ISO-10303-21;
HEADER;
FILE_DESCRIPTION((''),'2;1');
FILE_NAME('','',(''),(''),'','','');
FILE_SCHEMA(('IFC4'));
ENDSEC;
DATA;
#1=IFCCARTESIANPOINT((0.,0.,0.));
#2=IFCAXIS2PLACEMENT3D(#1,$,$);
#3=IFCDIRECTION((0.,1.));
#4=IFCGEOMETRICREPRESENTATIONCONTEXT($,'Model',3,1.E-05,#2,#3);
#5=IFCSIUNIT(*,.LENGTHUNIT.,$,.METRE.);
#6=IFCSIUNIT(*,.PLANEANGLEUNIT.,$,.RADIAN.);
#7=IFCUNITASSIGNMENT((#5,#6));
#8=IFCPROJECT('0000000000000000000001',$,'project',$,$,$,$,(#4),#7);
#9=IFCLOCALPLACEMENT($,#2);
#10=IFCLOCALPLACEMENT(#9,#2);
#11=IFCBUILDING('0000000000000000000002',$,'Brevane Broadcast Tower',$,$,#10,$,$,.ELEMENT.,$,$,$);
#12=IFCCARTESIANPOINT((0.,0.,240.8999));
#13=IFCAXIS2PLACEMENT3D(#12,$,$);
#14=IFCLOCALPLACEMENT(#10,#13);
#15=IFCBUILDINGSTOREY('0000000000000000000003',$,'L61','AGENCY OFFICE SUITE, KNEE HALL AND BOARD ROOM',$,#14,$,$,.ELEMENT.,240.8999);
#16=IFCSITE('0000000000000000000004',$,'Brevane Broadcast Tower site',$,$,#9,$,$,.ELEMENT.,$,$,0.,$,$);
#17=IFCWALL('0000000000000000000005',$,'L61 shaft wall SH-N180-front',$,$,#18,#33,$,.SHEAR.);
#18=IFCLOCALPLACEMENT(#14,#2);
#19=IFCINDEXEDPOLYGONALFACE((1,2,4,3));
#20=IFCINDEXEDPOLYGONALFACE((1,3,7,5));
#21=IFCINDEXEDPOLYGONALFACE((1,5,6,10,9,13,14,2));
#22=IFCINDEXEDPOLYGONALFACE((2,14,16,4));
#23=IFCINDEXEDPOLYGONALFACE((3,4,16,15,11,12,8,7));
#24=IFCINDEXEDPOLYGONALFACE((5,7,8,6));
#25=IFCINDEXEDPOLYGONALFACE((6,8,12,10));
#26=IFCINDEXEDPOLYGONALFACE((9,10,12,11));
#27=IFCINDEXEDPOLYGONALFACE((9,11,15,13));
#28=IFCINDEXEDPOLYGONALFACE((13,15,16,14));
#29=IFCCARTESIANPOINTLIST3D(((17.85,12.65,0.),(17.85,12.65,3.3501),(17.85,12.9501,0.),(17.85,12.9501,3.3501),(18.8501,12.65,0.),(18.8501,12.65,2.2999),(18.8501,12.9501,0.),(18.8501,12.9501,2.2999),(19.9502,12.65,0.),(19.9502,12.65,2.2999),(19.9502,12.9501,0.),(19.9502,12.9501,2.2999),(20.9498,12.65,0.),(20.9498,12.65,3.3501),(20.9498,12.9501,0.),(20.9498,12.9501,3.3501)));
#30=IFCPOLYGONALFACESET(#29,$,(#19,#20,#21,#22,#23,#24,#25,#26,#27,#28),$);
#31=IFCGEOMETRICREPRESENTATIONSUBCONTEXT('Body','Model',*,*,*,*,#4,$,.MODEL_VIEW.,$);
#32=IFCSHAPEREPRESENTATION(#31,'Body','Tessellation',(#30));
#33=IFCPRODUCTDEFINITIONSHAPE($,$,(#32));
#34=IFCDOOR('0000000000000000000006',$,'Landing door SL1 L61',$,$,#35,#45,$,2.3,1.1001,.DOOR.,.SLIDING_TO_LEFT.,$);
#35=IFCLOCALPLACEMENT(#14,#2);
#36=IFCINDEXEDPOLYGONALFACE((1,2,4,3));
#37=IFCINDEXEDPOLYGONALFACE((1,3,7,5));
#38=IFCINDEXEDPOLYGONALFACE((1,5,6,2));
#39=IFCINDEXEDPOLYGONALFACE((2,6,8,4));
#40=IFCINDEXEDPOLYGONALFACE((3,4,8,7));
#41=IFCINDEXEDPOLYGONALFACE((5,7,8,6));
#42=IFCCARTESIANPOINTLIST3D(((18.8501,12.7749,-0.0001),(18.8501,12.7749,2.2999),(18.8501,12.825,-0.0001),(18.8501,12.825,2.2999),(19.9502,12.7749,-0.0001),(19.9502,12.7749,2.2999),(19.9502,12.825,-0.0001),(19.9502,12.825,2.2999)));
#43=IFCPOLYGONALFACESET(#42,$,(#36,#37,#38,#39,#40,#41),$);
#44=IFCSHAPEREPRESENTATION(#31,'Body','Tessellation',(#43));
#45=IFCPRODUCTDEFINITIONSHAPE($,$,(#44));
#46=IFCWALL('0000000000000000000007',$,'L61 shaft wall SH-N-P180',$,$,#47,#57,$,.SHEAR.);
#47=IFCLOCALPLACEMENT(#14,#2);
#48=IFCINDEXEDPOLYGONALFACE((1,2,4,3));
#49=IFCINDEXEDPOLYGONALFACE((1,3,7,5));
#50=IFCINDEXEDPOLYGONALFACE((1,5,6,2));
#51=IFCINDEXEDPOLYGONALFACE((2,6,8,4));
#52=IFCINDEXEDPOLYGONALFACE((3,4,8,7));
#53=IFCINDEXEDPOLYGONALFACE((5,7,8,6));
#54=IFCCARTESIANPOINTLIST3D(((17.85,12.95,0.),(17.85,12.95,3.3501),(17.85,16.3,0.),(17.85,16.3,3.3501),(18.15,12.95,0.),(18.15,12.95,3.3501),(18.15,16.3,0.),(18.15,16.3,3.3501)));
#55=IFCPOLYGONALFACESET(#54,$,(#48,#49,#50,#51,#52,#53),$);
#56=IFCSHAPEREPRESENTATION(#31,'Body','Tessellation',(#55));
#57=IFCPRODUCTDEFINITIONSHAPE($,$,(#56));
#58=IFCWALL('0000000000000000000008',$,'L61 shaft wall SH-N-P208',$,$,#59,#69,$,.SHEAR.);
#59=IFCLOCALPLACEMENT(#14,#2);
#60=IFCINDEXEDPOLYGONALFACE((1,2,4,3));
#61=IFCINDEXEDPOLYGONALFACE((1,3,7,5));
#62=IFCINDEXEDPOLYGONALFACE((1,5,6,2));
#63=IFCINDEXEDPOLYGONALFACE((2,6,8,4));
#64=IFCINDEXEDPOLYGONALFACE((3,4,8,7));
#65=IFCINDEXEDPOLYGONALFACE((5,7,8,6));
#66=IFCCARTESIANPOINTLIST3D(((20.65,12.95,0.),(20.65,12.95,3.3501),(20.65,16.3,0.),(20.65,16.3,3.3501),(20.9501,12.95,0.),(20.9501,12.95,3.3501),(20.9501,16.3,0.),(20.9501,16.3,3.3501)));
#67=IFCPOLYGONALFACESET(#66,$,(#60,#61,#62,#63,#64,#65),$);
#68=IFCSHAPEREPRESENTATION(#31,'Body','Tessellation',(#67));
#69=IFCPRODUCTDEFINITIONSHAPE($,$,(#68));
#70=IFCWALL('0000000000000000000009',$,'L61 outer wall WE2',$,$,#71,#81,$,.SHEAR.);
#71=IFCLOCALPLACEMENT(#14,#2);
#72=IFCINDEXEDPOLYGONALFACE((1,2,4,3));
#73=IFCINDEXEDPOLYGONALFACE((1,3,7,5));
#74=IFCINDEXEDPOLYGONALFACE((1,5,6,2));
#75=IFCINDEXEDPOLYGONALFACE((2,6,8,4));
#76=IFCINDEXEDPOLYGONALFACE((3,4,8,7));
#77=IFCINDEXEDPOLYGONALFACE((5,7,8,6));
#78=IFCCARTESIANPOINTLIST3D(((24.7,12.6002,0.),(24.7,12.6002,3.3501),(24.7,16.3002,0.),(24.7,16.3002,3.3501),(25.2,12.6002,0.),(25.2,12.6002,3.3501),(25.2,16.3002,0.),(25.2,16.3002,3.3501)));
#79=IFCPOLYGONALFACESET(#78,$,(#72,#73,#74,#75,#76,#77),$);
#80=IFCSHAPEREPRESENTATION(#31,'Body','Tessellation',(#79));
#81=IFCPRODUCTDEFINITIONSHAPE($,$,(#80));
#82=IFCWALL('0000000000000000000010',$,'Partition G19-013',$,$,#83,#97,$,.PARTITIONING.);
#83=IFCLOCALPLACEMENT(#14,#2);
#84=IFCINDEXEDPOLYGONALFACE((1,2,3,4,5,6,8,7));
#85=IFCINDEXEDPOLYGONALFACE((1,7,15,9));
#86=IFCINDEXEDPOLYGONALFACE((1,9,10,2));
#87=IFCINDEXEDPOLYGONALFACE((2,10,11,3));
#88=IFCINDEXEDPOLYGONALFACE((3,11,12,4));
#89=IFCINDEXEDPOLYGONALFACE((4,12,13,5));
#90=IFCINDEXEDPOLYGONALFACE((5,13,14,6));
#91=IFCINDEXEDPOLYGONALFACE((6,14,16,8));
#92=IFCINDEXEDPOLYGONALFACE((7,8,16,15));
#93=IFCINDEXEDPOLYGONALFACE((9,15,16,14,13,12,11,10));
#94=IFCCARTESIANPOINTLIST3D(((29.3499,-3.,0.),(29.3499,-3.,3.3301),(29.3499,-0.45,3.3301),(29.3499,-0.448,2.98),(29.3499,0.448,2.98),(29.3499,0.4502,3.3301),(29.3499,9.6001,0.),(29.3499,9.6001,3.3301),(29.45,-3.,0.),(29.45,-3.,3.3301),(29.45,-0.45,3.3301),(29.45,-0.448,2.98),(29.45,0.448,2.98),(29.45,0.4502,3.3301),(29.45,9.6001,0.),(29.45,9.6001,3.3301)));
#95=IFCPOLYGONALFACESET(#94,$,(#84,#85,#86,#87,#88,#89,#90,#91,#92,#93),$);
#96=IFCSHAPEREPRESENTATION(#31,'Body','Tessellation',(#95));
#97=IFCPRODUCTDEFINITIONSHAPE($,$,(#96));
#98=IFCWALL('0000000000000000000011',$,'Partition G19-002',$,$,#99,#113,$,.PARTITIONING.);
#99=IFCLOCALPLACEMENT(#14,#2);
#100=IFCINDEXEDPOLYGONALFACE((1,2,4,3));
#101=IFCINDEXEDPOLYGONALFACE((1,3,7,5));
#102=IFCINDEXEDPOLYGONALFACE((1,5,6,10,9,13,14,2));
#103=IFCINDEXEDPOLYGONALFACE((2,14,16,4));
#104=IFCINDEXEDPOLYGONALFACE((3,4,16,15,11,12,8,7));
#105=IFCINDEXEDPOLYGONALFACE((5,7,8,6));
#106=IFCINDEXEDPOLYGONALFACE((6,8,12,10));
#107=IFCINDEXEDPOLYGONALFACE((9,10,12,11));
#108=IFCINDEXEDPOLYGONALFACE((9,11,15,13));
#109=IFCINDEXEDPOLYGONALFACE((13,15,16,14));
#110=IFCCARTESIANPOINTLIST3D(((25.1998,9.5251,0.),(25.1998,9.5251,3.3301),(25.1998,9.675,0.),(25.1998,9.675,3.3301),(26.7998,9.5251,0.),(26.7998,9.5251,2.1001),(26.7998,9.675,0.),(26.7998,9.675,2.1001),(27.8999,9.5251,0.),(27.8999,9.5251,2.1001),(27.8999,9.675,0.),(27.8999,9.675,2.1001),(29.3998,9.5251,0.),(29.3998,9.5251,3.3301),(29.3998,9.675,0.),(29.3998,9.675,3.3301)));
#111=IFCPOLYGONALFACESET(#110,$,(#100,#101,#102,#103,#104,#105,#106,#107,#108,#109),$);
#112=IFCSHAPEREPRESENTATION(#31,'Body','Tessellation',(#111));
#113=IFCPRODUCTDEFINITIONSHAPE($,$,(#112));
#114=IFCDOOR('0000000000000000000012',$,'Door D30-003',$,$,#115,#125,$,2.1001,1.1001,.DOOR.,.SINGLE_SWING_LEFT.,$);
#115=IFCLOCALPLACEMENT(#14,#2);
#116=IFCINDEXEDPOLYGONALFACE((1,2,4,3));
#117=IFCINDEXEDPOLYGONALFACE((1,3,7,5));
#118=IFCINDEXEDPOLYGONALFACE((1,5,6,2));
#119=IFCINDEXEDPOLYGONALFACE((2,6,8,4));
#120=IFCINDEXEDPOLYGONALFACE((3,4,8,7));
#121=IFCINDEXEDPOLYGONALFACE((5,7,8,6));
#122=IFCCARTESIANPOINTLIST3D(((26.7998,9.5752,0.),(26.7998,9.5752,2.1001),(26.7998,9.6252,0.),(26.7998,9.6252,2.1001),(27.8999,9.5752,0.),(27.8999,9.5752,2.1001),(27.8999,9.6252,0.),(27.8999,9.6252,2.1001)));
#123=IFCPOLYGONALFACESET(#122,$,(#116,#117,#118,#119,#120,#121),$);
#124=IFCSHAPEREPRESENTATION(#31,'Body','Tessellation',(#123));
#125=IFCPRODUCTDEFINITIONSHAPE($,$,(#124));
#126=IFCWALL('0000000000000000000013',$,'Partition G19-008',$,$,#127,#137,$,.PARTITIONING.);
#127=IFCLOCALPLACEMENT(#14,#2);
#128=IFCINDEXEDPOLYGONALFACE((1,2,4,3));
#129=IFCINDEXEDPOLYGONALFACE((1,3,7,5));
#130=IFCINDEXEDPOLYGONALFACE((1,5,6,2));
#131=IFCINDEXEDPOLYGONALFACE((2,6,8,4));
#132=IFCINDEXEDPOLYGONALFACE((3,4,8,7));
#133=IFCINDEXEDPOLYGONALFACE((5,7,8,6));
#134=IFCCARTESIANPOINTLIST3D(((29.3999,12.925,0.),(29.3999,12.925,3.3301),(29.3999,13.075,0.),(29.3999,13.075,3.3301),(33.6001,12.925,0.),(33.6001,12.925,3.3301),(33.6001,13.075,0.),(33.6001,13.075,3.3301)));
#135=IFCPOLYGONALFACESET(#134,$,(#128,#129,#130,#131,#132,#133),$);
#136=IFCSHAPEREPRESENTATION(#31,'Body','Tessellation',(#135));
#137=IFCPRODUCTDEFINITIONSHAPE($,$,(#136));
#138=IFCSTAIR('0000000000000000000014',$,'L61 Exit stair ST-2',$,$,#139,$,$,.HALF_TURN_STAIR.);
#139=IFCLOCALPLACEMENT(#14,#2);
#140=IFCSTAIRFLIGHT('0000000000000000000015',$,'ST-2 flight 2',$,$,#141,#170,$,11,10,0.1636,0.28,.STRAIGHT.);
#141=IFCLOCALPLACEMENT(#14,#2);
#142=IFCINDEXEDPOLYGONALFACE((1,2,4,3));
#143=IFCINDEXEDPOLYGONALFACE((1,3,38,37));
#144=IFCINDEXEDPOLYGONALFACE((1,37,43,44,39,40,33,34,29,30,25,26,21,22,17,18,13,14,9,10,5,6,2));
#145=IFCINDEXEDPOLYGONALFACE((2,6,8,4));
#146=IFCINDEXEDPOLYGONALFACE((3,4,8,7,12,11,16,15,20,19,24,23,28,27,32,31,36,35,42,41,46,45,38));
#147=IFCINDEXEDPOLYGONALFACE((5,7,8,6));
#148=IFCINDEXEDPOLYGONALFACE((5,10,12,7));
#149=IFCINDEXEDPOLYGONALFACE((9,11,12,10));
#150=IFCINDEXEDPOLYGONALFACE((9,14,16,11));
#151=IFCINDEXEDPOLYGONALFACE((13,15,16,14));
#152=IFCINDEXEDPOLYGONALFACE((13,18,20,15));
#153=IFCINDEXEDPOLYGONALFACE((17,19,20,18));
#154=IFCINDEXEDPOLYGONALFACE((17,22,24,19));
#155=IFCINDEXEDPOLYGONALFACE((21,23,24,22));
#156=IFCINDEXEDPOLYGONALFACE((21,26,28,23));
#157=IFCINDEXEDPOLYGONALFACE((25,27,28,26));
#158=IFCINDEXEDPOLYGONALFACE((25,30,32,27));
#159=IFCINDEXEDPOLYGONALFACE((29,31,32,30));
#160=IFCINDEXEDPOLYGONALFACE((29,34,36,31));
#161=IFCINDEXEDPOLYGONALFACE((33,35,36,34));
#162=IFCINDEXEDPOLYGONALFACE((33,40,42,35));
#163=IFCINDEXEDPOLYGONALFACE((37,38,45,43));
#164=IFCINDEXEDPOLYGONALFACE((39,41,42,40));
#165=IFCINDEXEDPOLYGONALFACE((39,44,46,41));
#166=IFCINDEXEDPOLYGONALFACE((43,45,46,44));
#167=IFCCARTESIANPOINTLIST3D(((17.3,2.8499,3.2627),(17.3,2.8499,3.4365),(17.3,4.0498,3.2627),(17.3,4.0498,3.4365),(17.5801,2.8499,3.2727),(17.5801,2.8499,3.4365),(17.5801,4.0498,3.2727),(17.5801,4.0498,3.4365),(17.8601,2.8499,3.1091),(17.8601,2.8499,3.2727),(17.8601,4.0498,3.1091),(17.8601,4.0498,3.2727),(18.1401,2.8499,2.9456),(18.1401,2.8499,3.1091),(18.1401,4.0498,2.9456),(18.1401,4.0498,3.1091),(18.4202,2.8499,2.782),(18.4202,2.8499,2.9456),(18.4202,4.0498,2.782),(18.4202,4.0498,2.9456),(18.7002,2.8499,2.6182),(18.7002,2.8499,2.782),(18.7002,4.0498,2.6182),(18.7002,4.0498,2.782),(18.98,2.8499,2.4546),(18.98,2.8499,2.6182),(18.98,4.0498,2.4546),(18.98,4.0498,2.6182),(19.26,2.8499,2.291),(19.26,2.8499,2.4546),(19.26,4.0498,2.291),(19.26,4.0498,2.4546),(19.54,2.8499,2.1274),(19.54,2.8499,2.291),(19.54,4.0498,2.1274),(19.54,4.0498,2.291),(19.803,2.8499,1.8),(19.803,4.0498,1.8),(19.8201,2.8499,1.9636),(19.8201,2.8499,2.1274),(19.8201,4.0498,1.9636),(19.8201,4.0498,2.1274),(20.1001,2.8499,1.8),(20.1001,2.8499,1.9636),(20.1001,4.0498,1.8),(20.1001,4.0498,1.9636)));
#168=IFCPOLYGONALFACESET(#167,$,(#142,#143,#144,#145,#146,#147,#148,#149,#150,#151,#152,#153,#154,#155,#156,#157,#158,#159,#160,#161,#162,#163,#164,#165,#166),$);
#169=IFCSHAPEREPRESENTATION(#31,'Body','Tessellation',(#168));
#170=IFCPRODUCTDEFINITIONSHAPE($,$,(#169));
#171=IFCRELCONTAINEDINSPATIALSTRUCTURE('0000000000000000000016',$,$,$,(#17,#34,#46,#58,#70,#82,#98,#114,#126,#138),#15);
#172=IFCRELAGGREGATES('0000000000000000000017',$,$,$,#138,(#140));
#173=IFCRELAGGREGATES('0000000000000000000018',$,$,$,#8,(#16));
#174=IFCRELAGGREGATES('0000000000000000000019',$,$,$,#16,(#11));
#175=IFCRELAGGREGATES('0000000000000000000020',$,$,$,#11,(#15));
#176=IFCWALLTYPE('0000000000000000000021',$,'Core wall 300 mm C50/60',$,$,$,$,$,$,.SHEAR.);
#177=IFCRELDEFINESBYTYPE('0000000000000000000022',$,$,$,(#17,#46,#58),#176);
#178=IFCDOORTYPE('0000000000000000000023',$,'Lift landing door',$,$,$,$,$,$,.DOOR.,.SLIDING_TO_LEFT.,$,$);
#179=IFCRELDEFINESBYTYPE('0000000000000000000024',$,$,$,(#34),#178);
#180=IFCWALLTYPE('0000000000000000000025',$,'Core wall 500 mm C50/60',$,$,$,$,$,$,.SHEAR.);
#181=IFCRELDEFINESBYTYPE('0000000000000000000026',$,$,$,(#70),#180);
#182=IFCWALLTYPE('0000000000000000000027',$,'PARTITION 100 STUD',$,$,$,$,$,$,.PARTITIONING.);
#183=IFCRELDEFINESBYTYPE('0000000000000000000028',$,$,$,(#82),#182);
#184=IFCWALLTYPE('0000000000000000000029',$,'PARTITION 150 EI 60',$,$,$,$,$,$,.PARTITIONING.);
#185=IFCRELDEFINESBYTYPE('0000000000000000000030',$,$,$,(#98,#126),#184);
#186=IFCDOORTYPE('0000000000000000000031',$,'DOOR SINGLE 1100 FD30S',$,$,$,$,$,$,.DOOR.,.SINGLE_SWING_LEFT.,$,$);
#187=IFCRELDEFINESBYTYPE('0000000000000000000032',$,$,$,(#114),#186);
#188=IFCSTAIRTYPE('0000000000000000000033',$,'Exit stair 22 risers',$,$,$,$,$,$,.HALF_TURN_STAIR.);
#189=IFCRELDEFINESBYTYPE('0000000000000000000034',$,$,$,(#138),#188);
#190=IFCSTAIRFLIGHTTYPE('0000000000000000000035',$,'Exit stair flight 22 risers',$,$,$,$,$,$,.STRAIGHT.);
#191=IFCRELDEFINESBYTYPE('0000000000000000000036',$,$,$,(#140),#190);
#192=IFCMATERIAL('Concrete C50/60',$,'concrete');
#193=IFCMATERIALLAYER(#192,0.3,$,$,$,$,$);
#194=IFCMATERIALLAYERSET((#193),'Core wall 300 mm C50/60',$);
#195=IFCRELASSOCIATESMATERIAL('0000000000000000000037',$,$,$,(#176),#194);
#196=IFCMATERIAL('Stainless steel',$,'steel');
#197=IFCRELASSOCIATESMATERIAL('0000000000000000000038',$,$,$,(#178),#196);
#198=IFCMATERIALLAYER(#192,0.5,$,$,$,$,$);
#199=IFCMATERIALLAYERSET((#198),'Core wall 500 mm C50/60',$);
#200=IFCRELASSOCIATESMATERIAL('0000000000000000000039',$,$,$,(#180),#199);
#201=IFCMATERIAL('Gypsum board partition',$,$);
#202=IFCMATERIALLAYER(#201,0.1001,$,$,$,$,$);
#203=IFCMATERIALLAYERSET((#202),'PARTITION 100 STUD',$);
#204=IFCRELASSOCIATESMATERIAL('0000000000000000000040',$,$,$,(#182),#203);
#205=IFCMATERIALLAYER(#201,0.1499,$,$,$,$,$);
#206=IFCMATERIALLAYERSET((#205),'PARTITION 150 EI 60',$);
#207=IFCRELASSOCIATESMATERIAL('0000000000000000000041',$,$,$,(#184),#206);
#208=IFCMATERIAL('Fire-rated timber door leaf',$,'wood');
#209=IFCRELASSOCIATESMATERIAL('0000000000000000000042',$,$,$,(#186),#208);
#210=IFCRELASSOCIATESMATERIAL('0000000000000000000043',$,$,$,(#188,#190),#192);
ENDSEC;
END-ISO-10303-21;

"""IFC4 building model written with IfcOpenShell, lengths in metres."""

from ifc_helpers import new_model, si_unit, direction, frame, frame_2d, origin, place, context, subcontext, project, spatial, polyline, rectangle, outline, extrude, material, layer, layer_set, type_object, element, fill, aggregate, save


model = new_model("IFC4")

# Units and contexts
model_context = context("Model", 3, precision=1e-05, world=origin(), true_north=direction((0.0, 1.0)))
body_context = subcontext(model_context, "Body", "Model", "MODEL_VIEW")
ifc_project = project(units=[si_unit("LENGTHUNIT", "METRE"), si_unit("PLANEANGLEUNIT", "RADIAN")], contexts=[model_context])

# Site, building, storey
site_placement = place(None, origin())
site = spatial("IfcSite", under=ifc_project, at=site_placement, Name="Brevane Broadcast Tower site", CompositionType="ELEMENT", RefElevation=0.0)
building_placement = place(site_placement, origin())
building = spatial("IfcBuilding", under=site, at=building_placement, Name="Brevane Broadcast Tower", CompositionType="ELEMENT")
storey_placement = place(building_placement, frame((0.0, 0.0, 240.8999)))
storey = spatial("IfcBuildingStorey", under=building, at=storey_placement, Name="L61", Description="AGENCY OFFICE SUITE, KNEE HALL AND BOARD ROOM", CompositionType="ELEMENT", Elevation=240.8999)

# Wall, opening, door
ifc_material_1 = material(Name="Concrete C50/60", Category="concrete")
ifc_layer_1 = layer(ifc_material_1, 0.3)
ifc_layer_set_1 = layer_set([ifc_layer_1], Name="Core wall 300 mm C50/60")
wall_type_1 = type_object("IfcWallType", Name="Core wall 300 mm C50/60", PredefinedType="SHEAR", material=ifc_layer_set_1)
wall_1_placement = place(storey_placement, frame((17.8501, 12.8, 0.0), z_axis=(0.0, 0.0, 1.0), x_axis=(1.0, 0.0, 0.0)))
wall_1 = element("IfcWall", 1, at=wall_1_placement, inside=storey, type_object=wall_type_1, Name="L61 shaft wall SH-N180-front", PredefinedType="SHEAR", context=body_context, shape_type="SweptSolid", body=[
    extrude(rectangle(XDim=3.0999, YDim=0.3, at=frame_2d((1.5498, 0.0))), origin(), (0.0, 0.0, 1.0), 3.3501),
])
opening_1_placement = place(wall_1_placement, frame((1.0, 0.0, 0.0)))
opening_1 = element("IfcOpeningElement", 2, at=opening_1_placement, cuts=wall_1, PredefinedType="OPENING", context=body_context, shape_type="SweptSolid", body=[
    extrude(rectangle(XDim=1.1001, YDim=2.3, at=frame_2d((0.55, 1.1499))), frame((0.0, 0.1599, 0.0), z_axis=(0.0, -1.0, 0.0), x_axis=(1.0, 0.0, 0.0)), (0.0, 0.0, 1.0), 0.3201),
])
ifc_material_2 = material(Name="Stainless steel", Category="steel")
door_type_1 = type_object("IfcDoorType", Name="Lift landing door", OperationType="SLIDING_TO_LEFT", PredefinedType="DOOR", material=ifc_material_2)
door_1_placement = place(opening_1_placement, origin())
door_1 = element("IfcDoor", 3, at=door_1_placement, inside=storey, type_object=door_type_1, Name="Landing door SL1 L61", OperationType="SLIDING_TO_LEFT", OverallHeight=2.3, OverallWidth=1.1001, PredefinedType="DOOR", context=body_context, shape_type="SweptSolid", body=[
    extrude(rectangle(XDim=1.1001, YDim=2.3, at=frame_2d((0.55, 1.1499))), frame((0.0, 0.0249, 0.0), z_axis=(0.0, -1.0, 0.0), x_axis=(1.0, 0.0, 0.0)), (0.0, 0.0, 1.0), 0.05),
])
fill(opening_1, door_1)

# Walls
for number, where, z_axis, x_axis, name in (
    (4, (18.0, 12.95, 0.0), (0.0, 0.0, 1.0), (0.0, 1.0, 0.0), "L61 shaft wall SH-N-P180"),
    (5, (20.8, 12.95, 0.0), (0.0, 0.0, 1.0), (0.0, 1.0, 0.0), "L61 shaft wall SH-N-P208"),
):
    element("IfcWall", number, at=place(storey_placement, frame(where, z_axis=z_axis, x_axis=x_axis)), inside=storey, type_object=wall_type_1, Name=name, PredefinedType="SHEAR", context=body_context, shape_type="SweptSolid", body=[
        extrude(rectangle(XDim=3.3501, YDim=0.3, at=frame_2d((1.675, 0.0))), origin(), (0.0, 0.0, 1.0), 3.3501),
    ])
ifc_layer_2 = layer(ifc_material_1, 0.5)
ifc_layer_set_2 = layer_set([ifc_layer_2], Name="Core wall 500 mm C50/60")
wall_type_2 = type_object("IfcWallType", Name="Core wall 500 mm C50/60", PredefinedType="SHEAR", material=ifc_layer_set_2)
wall_2_placement = place(storey_placement, frame((24.95, 12.6001, 0.0), z_axis=(0.0, 0.0, 1.0), x_axis=(0.0, 1.0, 0.0)))
element("IfcWall", 6, at=wall_2_placement, inside=storey, type_object=wall_type_2, Name="L61 outer wall WE2", PredefinedType="SHEAR", context=body_context, shape_type="SweptSolid", body=[
    extrude(rectangle(XDim=3.7, YDim=0.5, at=frame_2d((1.8501, 0.0))), origin(), (0.0, 0.0, 1.0), 3.3501),
])
ifc_material_3 = material(Name="Gypsum board partition")
ifc_layer_3 = layer(ifc_material_3, 0.1001)
ifc_layer_set_3 = layer_set([ifc_layer_3], Name="PARTITION 100 STUD")
wall_type_3 = type_object("IfcWallType", Name="PARTITION 100 STUD", PredefinedType="PARTITIONING", material=ifc_layer_set_3)
wall_3_placement = place(storey_placement, frame((29.3999, 9.6001, 0.0), z_axis=(0.0, 0.0, 1.0), x_axis=(0.0, -1.0, 0.0)))
element("IfcWall", 7, at=wall_3_placement, inside=storey, type_object=wall_type_3, Name="Partition G19-013", PredefinedType="PARTITIONING", context=body_context, shape_type="SweptSolid", body=[
    extrude(outline(polyline([(0.0, 0.0), (12.6001, 0.0), (12.6001, 3.3301), (10.05, 3.3301), (10.0481, 2.98), (9.1521, 2.98), (9.1499, 3.3301), (0.0, 3.3301), (0.0, 0.0)])), frame((0.0, 0.05, 0.0), z_axis=(0.0, -1.0, 0.0), x_axis=(1.0, 0.0, 0.0)), (0.0, 0.0, 1.0), 0.1001),
])

# Wall, opening, door
ifc_layer_4 = layer(ifc_material_3, 0.1499)
ifc_layer_set_4 = layer_set([ifc_layer_4], Name="PARTITION 150 EI 60")
wall_type_4 = type_object("IfcWallType", Name="PARTITION 150 EI 60", PredefinedType="PARTITIONING", material=ifc_layer_set_4)
wall_4_placement = place(storey_placement, frame((29.3999, 9.6001, 0.0), z_axis=(0.0, 0.0, 1.0), x_axis=(-1.0, 0.0, 0.0)))
wall_4 = element("IfcWall", 8, at=wall_4_placement, inside=storey, type_object=wall_type_4, Name="Partition G19-002", PredefinedType="PARTITIONING", context=body_context, shape_type="SweptSolid", body=[
    extrude(rectangle(XDim=4.2, YDim=0.1499, at=frame_2d((2.1001, 0.0))), origin(), (0.0, 0.0, 1.0), 3.3301),
])
opening_2_placement = place(wall_4_placement, frame((1.5, 0.0, 0.0)))
opening_2 = element("IfcOpeningElement", 9, at=opening_2_placement, cuts=wall_4, PredefinedType="OPENING", context=body_context, shape_type="SweptSolid", body=[
    extrude(rectangle(XDim=1.1001, YDim=2.1001, at=frame_2d((0.55, 1.05))), frame((0.0, 0.085, 0.0), z_axis=(0.0, -1.0, 0.0), x_axis=(1.0, 0.0, 0.0)), (0.0, 0.0, 1.0), 0.1699),
])
ifc_material_4 = material(Name="Fire-rated timber door leaf", Category="wood")
door_type_2 = type_object("IfcDoorType", Name="DOOR SINGLE 1100 FD30S", OperationType="SINGLE_SWING_LEFT", PredefinedType="DOOR", material=ifc_material_4)
door_2_placement = place(opening_2_placement, origin())
door_2 = element("IfcDoor", 10, at=door_2_placement, inside=storey, type_object=door_type_2, Name="Door D30-003", OperationType="SINGLE_SWING_LEFT", OverallHeight=2.1001, OverallWidth=1.1001, PredefinedType="DOOR", context=body_context, shape_type="SweptSolid", body=[
    extrude(rectangle(XDim=1.1001, YDim=2.1001, at=frame_2d((0.55, 1.05))), frame((0.0, 0.0249, 0.0), z_axis=(0.0, -1.0, 0.0), x_axis=(1.0, 0.0, 0.0)), (0.0, 0.0, 1.0), 0.05),
])
fill(opening_2, door_2)

# Wall
wall_5_placement = place(storey_placement, frame((29.3999, 13.0, 0.0), z_axis=(0.0, 0.0, 1.0), x_axis=(1.0, 0.0, 0.0)))
element("IfcWall", 11, at=wall_5_placement, inside=storey, type_object=wall_type_4, Name="Partition G19-008", PredefinedType="PARTITIONING", context=body_context, shape_type="SweptSolid", body=[
    extrude(rectangle(XDim=4.2002, YDim=0.1499, at=frame_2d((2.1001, 0.0))), origin(), (0.0, 0.0, 1.0), 3.3301),
])

# Stair, stair flight
stair_type = type_object("IfcStairType", Name="Exit stair 22 risers", PredefinedType="HALF_TURN_STAIR", material=ifc_material_1)
stair_placement = place(storey_placement, origin())
stair = element("IfcStair", 12, at=stair_placement, inside=storey, type_object=stair_type, Name="L61 Exit stair ST-2", PredefinedType="HALF_TURN_STAIR")
stair_flight_type = type_object("IfcStairFlightType", Name="Exit stair flight 22 risers", PredefinedType="STRAIGHT", material=ifc_material_1)
stair_flight_placement = place(storey_placement, frame((20.1001, 3.45, 1.8), z_axis=(0.0, 0.0, 1.0), x_axis=(-1.0, 0.0, 0.0)))
stair_flight = element("IfcStairFlight", 13, at=stair_flight_placement, type_object=stair_flight_type, Name="ST-2 flight 2", NumberOfRisers=11, NumberOfTreads=10, PredefinedType="STRAIGHT", RiserHeight=0.1636, TreadLength=0.28, context=body_context, shape_type="SweptSolid", body=[
    extrude(outline(polyline([(0.0, 0.0), (0.0, 0.1636), (0.28, 0.1636), (0.28, 0.3274), (0.5601, 0.3274), (0.5601, 0.491), (0.8401, 0.491), (0.8401, 0.6545), (1.1201, 0.6545), (1.1201, 0.8181), (1.3999, 0.8181), (1.3999, 0.9819), (1.6799, 0.9819), (1.6799, 1.1455), (1.96, 1.1455), (1.96, 1.3091), (2.24, 1.3091), (2.24, 1.4727), (2.52, 1.4727), (2.52, 1.6365), (2.8, 1.6365), (2.8, 1.8), (2.8, 1.4626), (0.2971, 0.0), (0.0, 0.0)])), frame((0.0, 0.6001, 0.0), z_axis=(0.0, -1.0, 0.0), x_axis=(1.0, 0.0, 0.0)), (0.0, 0.0, 1.0), 1.2),
])
aggregate(stair, [stair_flight])

save(model, "model.ifc")
